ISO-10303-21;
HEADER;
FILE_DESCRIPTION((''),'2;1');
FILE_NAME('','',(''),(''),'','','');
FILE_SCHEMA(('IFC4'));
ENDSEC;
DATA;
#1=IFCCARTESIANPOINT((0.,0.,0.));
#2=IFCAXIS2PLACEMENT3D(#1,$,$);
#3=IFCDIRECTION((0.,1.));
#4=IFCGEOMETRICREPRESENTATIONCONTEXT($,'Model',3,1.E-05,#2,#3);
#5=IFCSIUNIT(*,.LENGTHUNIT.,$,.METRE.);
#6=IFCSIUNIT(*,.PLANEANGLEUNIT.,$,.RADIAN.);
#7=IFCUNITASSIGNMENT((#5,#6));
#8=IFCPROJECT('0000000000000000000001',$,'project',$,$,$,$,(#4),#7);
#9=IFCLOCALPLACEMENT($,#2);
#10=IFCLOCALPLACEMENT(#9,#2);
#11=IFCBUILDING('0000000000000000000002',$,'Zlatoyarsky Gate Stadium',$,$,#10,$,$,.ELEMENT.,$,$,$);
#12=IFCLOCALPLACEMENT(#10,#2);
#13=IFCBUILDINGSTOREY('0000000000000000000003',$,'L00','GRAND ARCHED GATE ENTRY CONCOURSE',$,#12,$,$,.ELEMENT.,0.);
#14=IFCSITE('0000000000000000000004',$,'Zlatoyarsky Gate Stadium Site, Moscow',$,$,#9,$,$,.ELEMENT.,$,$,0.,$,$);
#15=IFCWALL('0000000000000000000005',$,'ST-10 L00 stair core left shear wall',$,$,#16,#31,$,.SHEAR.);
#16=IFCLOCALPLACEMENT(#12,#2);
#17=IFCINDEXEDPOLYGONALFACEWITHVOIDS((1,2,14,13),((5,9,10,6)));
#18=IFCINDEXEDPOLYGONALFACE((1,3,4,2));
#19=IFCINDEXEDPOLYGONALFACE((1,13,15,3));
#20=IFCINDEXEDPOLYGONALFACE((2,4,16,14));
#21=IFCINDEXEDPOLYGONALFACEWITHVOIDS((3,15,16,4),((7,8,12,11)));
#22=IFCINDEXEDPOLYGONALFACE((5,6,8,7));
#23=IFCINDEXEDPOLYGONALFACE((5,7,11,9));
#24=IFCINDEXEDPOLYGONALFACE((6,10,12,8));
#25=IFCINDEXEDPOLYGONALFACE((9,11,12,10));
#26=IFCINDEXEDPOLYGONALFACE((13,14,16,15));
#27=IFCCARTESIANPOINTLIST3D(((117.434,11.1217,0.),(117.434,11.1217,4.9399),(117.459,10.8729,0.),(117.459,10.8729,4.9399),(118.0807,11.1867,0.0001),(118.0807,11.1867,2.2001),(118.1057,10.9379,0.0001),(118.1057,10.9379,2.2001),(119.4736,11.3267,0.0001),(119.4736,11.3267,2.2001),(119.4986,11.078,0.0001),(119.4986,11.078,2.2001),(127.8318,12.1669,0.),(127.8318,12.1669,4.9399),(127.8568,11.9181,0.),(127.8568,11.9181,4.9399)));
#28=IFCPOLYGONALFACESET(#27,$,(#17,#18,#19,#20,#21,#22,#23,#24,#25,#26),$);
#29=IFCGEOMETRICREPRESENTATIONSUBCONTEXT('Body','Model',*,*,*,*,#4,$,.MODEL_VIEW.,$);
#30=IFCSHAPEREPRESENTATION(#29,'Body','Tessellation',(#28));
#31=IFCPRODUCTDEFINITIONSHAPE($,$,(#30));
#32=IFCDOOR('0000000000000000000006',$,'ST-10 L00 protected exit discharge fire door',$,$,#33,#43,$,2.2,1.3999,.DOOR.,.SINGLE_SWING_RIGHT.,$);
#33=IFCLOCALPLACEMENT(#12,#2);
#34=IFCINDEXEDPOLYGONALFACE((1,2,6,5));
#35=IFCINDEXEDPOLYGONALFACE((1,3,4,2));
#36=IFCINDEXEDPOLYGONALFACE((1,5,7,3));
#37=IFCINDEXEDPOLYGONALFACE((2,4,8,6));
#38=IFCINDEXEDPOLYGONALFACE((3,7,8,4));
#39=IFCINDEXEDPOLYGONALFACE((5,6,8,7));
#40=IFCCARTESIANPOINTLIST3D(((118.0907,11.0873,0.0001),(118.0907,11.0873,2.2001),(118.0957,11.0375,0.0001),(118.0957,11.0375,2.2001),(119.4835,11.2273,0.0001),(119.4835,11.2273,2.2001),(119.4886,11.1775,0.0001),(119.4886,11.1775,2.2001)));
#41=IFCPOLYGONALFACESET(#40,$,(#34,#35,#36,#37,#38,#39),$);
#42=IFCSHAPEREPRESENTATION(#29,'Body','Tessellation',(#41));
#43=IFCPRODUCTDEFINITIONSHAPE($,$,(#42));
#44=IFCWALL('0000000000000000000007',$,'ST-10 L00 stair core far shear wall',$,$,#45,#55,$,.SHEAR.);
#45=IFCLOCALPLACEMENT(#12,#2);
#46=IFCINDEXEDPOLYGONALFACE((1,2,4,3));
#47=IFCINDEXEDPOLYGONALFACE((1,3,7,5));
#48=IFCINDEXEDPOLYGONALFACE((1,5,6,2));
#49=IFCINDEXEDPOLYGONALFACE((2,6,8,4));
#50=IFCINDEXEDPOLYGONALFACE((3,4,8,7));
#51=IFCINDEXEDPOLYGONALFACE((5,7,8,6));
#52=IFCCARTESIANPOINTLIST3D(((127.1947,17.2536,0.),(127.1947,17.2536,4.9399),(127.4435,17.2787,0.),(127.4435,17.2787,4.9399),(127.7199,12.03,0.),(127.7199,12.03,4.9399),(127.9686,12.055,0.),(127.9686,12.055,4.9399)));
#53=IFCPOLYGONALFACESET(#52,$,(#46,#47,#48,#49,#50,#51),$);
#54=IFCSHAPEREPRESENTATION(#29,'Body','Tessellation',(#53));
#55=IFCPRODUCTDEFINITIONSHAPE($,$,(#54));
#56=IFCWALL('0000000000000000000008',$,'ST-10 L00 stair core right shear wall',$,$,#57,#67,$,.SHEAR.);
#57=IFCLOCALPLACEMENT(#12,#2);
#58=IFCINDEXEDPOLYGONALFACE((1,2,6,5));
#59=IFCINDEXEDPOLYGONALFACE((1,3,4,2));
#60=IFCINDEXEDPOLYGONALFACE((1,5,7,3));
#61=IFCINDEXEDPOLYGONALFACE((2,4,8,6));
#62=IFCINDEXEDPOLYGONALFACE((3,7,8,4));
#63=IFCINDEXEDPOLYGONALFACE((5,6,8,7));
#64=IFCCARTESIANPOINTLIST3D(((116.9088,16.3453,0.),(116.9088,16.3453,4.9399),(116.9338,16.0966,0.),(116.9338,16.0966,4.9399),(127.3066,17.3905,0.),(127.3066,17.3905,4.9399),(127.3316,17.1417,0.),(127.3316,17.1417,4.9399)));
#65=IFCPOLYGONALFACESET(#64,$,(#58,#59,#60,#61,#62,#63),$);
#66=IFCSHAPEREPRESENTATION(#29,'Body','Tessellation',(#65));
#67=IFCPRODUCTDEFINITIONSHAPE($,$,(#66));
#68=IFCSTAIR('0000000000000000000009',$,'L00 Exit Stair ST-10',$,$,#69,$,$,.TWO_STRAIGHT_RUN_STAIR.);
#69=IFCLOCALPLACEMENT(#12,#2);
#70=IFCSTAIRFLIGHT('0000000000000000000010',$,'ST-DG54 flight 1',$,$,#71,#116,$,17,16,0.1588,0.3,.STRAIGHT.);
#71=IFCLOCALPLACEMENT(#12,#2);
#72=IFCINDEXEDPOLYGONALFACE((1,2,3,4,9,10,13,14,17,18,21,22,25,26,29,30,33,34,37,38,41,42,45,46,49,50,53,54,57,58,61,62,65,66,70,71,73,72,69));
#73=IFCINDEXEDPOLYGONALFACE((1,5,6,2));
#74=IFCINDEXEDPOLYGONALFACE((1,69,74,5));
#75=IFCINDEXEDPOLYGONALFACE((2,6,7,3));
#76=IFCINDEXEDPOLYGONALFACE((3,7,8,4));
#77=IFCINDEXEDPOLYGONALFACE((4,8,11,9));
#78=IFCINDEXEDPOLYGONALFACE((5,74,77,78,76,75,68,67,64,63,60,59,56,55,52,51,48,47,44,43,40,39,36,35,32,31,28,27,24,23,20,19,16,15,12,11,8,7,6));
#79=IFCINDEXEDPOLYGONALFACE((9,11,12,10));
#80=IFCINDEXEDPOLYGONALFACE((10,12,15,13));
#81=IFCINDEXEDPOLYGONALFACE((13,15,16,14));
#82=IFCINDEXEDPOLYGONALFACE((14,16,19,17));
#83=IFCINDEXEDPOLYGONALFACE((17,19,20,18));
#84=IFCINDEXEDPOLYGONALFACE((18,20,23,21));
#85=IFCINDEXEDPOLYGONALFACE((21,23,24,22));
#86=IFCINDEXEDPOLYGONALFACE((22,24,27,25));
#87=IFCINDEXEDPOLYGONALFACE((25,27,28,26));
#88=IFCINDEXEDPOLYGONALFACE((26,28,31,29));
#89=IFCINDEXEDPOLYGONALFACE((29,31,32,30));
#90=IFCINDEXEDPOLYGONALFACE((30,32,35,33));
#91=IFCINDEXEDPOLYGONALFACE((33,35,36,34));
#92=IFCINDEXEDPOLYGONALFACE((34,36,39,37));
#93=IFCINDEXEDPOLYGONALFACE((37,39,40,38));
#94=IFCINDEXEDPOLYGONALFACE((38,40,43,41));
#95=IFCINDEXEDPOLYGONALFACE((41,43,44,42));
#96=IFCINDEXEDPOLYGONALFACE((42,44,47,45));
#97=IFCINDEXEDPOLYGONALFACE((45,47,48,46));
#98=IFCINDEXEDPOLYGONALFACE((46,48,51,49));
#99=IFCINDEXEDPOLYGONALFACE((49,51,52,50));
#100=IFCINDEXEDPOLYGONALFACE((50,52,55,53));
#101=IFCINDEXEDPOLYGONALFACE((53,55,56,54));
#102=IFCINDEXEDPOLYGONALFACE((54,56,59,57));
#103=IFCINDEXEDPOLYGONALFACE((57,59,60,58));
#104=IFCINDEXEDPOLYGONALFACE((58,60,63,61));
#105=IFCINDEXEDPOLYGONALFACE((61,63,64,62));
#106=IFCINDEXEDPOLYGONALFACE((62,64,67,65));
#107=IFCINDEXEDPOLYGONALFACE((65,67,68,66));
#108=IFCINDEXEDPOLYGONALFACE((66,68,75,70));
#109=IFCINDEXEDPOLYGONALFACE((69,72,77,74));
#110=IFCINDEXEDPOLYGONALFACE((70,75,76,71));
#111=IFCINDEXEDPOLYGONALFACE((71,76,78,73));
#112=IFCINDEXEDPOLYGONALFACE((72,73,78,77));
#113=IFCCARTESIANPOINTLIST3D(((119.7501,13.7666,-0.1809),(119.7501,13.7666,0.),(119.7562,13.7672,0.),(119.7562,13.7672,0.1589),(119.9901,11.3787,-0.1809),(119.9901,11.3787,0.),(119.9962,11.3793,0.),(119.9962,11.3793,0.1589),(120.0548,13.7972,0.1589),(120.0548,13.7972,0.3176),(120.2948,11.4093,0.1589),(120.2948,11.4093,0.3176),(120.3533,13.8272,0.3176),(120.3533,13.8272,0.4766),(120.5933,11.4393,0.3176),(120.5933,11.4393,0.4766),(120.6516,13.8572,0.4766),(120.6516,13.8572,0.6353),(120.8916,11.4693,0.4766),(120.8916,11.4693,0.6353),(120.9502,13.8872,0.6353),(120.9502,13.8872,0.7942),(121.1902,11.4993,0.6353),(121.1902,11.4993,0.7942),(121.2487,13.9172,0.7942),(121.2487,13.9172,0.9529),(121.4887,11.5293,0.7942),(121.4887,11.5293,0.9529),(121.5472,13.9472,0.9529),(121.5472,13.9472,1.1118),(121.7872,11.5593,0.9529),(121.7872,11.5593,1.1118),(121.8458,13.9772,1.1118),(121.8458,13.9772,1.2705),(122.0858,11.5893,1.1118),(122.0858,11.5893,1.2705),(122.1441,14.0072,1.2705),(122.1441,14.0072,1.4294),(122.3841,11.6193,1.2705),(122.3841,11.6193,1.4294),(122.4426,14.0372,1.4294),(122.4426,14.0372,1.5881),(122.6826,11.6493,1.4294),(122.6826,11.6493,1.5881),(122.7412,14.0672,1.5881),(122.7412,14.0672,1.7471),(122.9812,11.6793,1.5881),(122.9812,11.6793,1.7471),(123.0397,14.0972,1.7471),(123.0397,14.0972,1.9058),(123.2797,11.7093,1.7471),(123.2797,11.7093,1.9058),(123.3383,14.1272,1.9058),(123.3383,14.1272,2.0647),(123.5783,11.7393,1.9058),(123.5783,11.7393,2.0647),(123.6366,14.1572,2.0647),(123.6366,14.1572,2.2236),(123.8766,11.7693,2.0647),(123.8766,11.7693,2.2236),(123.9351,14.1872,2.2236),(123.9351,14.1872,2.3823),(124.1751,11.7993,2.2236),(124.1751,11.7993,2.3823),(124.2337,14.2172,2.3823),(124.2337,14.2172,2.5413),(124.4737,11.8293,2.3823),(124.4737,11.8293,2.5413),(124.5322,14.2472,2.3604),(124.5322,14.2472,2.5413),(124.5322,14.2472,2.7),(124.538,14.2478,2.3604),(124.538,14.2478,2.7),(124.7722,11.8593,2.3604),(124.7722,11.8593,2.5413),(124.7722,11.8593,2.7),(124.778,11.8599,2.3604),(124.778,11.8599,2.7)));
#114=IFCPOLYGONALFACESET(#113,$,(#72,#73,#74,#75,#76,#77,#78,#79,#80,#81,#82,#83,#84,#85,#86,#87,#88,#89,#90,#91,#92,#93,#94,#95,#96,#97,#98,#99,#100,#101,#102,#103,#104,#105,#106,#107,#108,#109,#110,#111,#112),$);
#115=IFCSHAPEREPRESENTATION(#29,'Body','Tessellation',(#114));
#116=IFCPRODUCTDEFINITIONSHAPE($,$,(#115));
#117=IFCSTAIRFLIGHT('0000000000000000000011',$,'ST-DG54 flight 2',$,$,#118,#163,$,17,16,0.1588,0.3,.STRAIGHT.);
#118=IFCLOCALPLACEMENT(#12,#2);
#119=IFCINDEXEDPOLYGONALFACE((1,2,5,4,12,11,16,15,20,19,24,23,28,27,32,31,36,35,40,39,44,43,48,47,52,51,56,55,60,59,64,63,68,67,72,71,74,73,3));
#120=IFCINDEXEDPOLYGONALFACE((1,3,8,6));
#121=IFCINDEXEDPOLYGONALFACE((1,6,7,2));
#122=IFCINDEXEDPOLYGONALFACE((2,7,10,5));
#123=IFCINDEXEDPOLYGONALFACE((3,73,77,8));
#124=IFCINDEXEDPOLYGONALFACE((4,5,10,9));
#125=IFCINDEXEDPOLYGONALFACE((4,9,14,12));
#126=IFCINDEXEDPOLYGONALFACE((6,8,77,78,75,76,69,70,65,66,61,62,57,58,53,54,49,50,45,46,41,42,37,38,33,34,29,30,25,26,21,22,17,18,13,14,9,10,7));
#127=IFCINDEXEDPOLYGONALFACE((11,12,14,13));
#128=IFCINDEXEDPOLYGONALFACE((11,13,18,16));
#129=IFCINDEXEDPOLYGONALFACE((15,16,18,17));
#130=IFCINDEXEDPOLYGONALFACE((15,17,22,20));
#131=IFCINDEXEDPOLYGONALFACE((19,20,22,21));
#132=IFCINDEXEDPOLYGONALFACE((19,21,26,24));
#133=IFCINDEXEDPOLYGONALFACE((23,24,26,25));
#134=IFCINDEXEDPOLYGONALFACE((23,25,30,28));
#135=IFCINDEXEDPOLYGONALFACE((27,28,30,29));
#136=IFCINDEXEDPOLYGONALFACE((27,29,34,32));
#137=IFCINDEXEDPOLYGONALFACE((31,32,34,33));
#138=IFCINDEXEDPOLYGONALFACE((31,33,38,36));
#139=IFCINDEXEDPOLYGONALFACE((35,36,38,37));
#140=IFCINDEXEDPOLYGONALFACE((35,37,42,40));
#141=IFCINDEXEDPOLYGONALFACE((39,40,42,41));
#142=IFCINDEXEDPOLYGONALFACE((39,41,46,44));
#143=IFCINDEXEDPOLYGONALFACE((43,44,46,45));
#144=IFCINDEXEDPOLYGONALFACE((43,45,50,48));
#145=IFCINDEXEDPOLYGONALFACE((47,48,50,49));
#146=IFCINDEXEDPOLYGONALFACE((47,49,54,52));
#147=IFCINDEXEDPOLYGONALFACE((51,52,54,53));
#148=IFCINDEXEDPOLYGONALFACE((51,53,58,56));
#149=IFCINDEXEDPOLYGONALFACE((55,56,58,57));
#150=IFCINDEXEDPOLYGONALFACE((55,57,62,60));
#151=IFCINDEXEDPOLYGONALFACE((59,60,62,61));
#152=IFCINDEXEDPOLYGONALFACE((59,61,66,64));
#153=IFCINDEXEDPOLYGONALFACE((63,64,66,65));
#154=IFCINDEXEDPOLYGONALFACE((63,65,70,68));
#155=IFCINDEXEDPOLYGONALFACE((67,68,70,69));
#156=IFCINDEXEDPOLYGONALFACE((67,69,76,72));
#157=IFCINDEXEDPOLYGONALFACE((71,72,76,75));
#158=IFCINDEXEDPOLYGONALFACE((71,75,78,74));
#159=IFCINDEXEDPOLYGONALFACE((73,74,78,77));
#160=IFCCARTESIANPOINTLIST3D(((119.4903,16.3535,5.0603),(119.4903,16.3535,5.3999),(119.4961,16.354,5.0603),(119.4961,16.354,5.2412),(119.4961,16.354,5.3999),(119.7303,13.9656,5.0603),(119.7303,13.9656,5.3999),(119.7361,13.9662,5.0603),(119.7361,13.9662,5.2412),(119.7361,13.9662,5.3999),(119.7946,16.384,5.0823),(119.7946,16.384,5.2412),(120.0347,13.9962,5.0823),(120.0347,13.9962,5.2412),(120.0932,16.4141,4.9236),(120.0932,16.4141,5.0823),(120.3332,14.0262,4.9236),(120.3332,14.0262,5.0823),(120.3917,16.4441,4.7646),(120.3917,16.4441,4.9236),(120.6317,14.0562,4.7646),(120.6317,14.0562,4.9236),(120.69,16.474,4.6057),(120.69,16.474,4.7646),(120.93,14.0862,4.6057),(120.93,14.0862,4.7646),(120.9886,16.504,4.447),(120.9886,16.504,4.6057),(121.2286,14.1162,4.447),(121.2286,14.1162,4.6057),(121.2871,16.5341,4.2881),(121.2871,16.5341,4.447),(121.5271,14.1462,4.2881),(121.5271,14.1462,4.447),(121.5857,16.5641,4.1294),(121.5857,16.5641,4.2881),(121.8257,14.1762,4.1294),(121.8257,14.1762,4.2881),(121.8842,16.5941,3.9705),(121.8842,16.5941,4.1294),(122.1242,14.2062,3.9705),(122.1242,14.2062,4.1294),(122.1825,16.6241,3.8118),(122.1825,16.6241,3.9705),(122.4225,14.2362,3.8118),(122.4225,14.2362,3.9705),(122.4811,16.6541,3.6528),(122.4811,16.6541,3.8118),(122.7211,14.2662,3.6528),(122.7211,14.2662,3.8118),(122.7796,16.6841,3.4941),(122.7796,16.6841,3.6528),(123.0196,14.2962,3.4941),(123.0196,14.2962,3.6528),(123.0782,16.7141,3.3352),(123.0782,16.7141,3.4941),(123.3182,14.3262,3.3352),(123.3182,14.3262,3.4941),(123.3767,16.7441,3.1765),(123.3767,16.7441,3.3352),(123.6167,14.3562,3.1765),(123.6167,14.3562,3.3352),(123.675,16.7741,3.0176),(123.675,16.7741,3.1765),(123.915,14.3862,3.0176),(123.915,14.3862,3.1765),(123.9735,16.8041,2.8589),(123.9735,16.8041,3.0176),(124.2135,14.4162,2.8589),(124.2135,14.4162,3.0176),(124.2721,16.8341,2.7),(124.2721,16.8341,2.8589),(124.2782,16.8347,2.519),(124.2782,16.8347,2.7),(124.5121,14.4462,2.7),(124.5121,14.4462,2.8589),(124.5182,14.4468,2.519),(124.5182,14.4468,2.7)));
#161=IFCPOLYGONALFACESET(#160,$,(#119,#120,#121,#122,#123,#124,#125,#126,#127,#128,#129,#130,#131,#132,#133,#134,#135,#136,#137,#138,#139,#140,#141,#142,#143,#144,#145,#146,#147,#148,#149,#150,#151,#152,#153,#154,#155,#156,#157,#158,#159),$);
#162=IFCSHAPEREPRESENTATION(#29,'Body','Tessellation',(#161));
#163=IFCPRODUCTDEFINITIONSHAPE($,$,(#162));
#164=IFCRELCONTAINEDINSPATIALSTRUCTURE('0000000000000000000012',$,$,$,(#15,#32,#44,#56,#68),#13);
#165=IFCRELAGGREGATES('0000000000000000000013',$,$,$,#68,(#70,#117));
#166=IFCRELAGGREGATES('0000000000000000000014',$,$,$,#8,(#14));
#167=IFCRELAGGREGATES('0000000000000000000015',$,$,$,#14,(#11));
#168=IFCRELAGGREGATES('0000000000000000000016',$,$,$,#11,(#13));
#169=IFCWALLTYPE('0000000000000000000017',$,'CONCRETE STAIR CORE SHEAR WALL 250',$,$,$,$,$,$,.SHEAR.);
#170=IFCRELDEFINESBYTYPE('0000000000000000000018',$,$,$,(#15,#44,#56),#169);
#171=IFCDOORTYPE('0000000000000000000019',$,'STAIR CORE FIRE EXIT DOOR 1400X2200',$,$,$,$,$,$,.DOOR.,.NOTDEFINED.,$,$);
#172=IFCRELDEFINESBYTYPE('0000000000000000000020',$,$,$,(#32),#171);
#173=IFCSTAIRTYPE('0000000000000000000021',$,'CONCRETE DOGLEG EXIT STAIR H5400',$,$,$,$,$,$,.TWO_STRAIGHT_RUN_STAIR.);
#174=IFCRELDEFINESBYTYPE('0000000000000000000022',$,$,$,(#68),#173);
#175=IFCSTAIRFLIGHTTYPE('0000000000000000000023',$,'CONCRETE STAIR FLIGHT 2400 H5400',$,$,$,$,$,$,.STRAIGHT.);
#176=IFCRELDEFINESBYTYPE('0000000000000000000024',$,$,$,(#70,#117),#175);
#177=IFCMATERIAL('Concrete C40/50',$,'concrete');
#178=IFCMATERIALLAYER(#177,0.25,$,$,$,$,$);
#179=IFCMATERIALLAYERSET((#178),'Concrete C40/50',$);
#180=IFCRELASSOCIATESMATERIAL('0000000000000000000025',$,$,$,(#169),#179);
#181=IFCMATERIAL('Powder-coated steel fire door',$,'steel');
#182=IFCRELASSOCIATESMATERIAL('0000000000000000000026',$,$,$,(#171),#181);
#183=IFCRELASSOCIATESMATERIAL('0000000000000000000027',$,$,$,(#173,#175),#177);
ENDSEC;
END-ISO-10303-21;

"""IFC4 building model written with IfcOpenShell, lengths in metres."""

from ifc_helpers import new_model, si_unit, direction, frame, frame_2d, origin, place, context, subcontext, project, spatial, polyline, rectangle, outline, extrude, material, layer, layer_set, type_object, element, fill, aggregate, save


model = new_model("IFC4")

# Units and contexts
model_context = context("Model", 3, precision=1e-05, world=origin(), true_north=direction((0.0, 1.0)))
body_context = subcontext(model_context, "Body", "Model", "MODEL_VIEW")
ifc_project = project(units=[si_unit("LENGTHUNIT", "METRE"), si_unit("PLANEANGLEUNIT", "RADIAN")], contexts=[model_context])

# Site, building, storey
site_placement = place(None, origin())
site = spatial("IfcSite", under=ifc_project, at=site_placement, Name="Zlatoyarsky Gate Stadium Site, Moscow", CompositionType="ELEMENT", RefElevation=0.0)
building_placement = place(site_placement, origin())
building = spatial("IfcBuilding", under=site, at=building_placement, Name="Zlatoyarsky Gate Stadium", CompositionType="ELEMENT")
storey_placement = place(building_placement, origin())
storey = spatial("IfcBuildingStorey", under=building, at=storey_placement, Name="L00", Description="GRAND ARCHED GATE ENTRY CONCOURSE", CompositionType="ELEMENT", Elevation=0.0)

# Shared definitions
ifc_material_1 = material(Name="Concrete C40/50", Category="concrete")

# Shared definitions
ifc_material_2 = material(Name="Powder-coated steel fire door", Category="steel")

# Shared definitions
ifc_layer_1 = layer(ifc_material_1, 0.25)
ifc_layer_set_1 = layer_set([ifc_layer_1], Name="Concrete C40/50")
wall_type_1 = type_object("IfcWallType", Name="CONCRETE STAIR CORE SHEAR WALL 250", PredefinedType="SHEAR", material=ifc_layer_set_1)

# Wall, opening, door
wall_1_placement = place(storey_placement, frame((117.4465, 10.9973, 0.0), z_axis=(0.0, 0.0, 1.0), x_axis=(0.994986, 0.100015, 0.0)))
wall_1 = element("IfcWall", 1, at=wall_1_placement, inside=storey, type_object=wall_type_1, Name="ST-10 L00 stair core left shear wall", PredefinedType="SHEAR", context=body_context, shape_type="SweptSolid", body=[
    extrude(rectangle(XDim=10.4502, YDim=0.25, at=frame_2d((5.2251, 0.0))), origin(), (0.0, 0.0, 1.0), 4.9399),
])
opening_1_placement = place(wall_1_placement, frame((0.6499, 0.0, 0.0)))
opening_1 = element("IfcOpeningElement", 2, at=opening_1_placement, cuts=wall_1, PredefinedType="OPENING", context=body_context, shape_type="SweptSolid", body=[
    extrude(rectangle(XDim=1.3999, YDim=2.2, at=frame_2d((0.7, 1.1001))), frame((0.0, 0.135, 0.0), z_axis=(0.0, -1.0, 0.0), x_axis=(1.0, 0.0, 0.0)), (0.0, 0.0, 1.0), 0.27),
])
door_type_1 = type_object("IfcDoorType", Name="STAIR CORE FIRE EXIT DOOR 1400X2200", OperationType="NOTDEFINED", PredefinedType="DOOR", material=ifc_material_2)
door_1_placement = place(opening_1_placement, frame((1.3999, 0.0, 0.0), z_axis=(0.0, 0.0, 1.0), x_axis=(-1.0, 0.0, 0.0)))
door_1 = element("IfcDoor", 3, at=door_1_placement, inside=storey, type_object=door_type_1, Name="ST-10 L00 protected exit discharge fire door", OperationType="SINGLE_SWING_RIGHT", OverallHeight=2.2, OverallWidth=1.3999, PredefinedType="DOOR", context=body_context, shape_type="SweptSolid", body=[
    extrude(rectangle(XDim=1.3999, YDim=2.2, at=frame_2d((0.7, 1.1001))), frame((0.0, 0.0249, 0.0), z_axis=(0.0, -1.0, 0.0), x_axis=(1.0, 0.0, 0.0)), (0.0, 0.0, 1.0), 0.05),
])
fill(opening_1, door_1)

# Walls
wall_2_placement = place(storey_placement, frame((127.8442, 12.0425, 0.0), z_axis=(0.0, 0.0, 1.0), x_axis=(-0.100029, 0.994985, 0.0)))
element("IfcWall", 4, at=wall_2_placement, inside=storey, type_object=wall_type_1, Name="ST-10 L00 stair core far shear wall", PredefinedType="SHEAR", context=body_context, shape_type="SweptSolid", body=[
    extrude(rectangle(XDim=5.25, YDim=0.25, at=frame_2d((2.625, 0.0))), origin(), (0.0, 0.0, 1.0), 4.9399),
])
wall_3_placement = place(storey_placement, frame((127.3191, 17.2661, 0.0), z_axis=(0.0, 0.0, 1.0), x_axis=(-0.994986, -0.100015, 0.0)))
element("IfcWall", 5, at=wall_3_placement, inside=storey, type_object=wall_type_1, Name="ST-10 L00 stair core right shear wall", PredefinedType="SHEAR", context=body_context, shape_type="SweptSolid", body=[
    extrude(rectangle(XDim=10.4502, YDim=0.25, at=frame_2d((5.2251, 0.0))), origin(), (0.0, 0.0, 1.0), 4.9399),
])

# Stair, stair flights
stair_type = type_object("IfcStairType", Name="CONCRETE DOGLEG EXIT STAIR H5400", PredefinedType="TWO_STRAIGHT_RUN_STAIR", material=ifc_material_1)
stair_placement = place(storey_placement, origin())
stair = element("IfcStair", 6, at=stair_placement, inside=storey, type_object=stair_type, Name="L00 Exit Stair ST-10", PredefinedType="TWO_STRAIGHT_RUN_STAIR")
stair_flight_type = type_object("IfcStairFlightType", Name="CONCRETE STAIR FLIGHT 2400 H5400", PredefinedType="STRAIGHT", material=ifc_material_1)
stair_flight_1_placement = place(storey_placement, frame((119.8762, 12.5732, 0.0), z_axis=(0.0, 0.0, 1.0), x_axis=(0.994987, 0.100006, 0.0)))
stair_flight_1 = element("IfcStairFlight", 7, at=stair_flight_1_placement, type_object=stair_flight_type, Name="ST-DG54 flight 1", NumberOfRisers=17, NumberOfTreads=16, PredefinedType="STRAIGHT", RiserHeight=0.1588, TreadLength=0.3, context=body_context, shape_type="SweptSolid", body=[
    extrude(outline(polyline([(-0.0061, -0.1809), (-0.0061, 0.0), (0.0, 0.0), (0.0, 0.1589), (0.3, 0.1589), (0.3, 0.3176), (0.6001, 0.3176), (0.6001, 0.4766), (0.8999, 0.4766), (0.8999, 0.6353), (1.2, 0.6353), (1.2, 0.7942), (1.5, 0.7942), (1.5, 0.9529), (1.8, 0.9529), (1.8, 1.1118), (2.1001, 1.1118), (2.1001, 1.2705), (2.3999, 1.2705), (2.3999, 1.4294), (2.7, 1.4294), (2.7, 1.5881), (3.0, 1.5881), (3.0, 1.7471), (3.3, 1.7471), (3.3, 1.9058), (3.6001, 1.9058), (3.6001, 2.0647), (3.8999, 2.0647), (3.8999, 2.2236), (4.2, 2.2236), (4.2, 2.3823), (4.5, 2.3823), (4.5, 2.5413), (4.8, 2.5413), (4.8, 2.7), (4.8059, 2.7), (4.8059, 2.3604), (4.8, 2.3604), (-0.0061, -0.1809)])), frame((0.0, 1.2, 0.0), z_axis=(0.0, -1.0, 0.0), x_axis=(1.0, 0.0, 0.0)), (0.0, 0.0, 1.0), 2.3999),
])
stair_flight_2_placement = place(storey_placement, frame((124.3921, 15.6401, 2.7), z_axis=(0.0, 0.0, 1.0), x_axis=(-0.994987, -0.100006, 0.0)))
stair_flight_2 = element("IfcStairFlight", 8, at=stair_flight_2_placement, type_object=stair_flight_type, Name="ST-DG54 flight 2", NumberOfRisers=17, NumberOfTreads=16, PredefinedType="STRAIGHT", RiserHeight=0.1588, TreadLength=0.3, context=body_context, shape_type="SweptSolid", body=[
    extrude(outline(polyline([(-0.0061, -0.1809), (-0.0061, 0.0), (0.0, 0.0), (0.0, 0.1589), (0.3, 0.1589), (0.3, 0.3176), (0.6001, 0.3176), (0.6001, 0.4766), (0.8999, 0.4766), (0.8999, 0.6353), (1.2, 0.6353), (1.2, 0.7942), (1.5, 0.7942), (1.5, 0.9529), (1.8, 0.9529), (1.8, 1.1118), (2.1001, 1.1118), (2.1001, 1.2705), (2.3999, 1.2705), (2.3999, 1.4294), (2.7, 1.4294), (2.7, 1.5881), (3.0, 1.5881), (3.0, 1.7471), (3.3, 1.7471), (3.3, 1.9058), (3.6001, 1.9058), (3.6001, 2.0647), (3.8999, 2.0647), (3.8999, 2.2236), (4.2, 2.2236), (4.2, 2.3823), (4.5, 2.3823), (4.5, 2.5413), (4.8, 2.5413), (4.8, 2.7), (4.8059, 2.7), (4.8059, 2.3604), (4.8, 2.3604), (-0.0061, -0.1809)])), frame((0.0, 1.2, 0.0), z_axis=(0.0, -1.0, 0.0), x_axis=(1.0, 0.0, 0.0)), (0.0, 0.0, 1.0), 2.3999),
])
aggregate(stair, [stair_flight_1, stair_flight_2])

save(model, "model.ifc")
